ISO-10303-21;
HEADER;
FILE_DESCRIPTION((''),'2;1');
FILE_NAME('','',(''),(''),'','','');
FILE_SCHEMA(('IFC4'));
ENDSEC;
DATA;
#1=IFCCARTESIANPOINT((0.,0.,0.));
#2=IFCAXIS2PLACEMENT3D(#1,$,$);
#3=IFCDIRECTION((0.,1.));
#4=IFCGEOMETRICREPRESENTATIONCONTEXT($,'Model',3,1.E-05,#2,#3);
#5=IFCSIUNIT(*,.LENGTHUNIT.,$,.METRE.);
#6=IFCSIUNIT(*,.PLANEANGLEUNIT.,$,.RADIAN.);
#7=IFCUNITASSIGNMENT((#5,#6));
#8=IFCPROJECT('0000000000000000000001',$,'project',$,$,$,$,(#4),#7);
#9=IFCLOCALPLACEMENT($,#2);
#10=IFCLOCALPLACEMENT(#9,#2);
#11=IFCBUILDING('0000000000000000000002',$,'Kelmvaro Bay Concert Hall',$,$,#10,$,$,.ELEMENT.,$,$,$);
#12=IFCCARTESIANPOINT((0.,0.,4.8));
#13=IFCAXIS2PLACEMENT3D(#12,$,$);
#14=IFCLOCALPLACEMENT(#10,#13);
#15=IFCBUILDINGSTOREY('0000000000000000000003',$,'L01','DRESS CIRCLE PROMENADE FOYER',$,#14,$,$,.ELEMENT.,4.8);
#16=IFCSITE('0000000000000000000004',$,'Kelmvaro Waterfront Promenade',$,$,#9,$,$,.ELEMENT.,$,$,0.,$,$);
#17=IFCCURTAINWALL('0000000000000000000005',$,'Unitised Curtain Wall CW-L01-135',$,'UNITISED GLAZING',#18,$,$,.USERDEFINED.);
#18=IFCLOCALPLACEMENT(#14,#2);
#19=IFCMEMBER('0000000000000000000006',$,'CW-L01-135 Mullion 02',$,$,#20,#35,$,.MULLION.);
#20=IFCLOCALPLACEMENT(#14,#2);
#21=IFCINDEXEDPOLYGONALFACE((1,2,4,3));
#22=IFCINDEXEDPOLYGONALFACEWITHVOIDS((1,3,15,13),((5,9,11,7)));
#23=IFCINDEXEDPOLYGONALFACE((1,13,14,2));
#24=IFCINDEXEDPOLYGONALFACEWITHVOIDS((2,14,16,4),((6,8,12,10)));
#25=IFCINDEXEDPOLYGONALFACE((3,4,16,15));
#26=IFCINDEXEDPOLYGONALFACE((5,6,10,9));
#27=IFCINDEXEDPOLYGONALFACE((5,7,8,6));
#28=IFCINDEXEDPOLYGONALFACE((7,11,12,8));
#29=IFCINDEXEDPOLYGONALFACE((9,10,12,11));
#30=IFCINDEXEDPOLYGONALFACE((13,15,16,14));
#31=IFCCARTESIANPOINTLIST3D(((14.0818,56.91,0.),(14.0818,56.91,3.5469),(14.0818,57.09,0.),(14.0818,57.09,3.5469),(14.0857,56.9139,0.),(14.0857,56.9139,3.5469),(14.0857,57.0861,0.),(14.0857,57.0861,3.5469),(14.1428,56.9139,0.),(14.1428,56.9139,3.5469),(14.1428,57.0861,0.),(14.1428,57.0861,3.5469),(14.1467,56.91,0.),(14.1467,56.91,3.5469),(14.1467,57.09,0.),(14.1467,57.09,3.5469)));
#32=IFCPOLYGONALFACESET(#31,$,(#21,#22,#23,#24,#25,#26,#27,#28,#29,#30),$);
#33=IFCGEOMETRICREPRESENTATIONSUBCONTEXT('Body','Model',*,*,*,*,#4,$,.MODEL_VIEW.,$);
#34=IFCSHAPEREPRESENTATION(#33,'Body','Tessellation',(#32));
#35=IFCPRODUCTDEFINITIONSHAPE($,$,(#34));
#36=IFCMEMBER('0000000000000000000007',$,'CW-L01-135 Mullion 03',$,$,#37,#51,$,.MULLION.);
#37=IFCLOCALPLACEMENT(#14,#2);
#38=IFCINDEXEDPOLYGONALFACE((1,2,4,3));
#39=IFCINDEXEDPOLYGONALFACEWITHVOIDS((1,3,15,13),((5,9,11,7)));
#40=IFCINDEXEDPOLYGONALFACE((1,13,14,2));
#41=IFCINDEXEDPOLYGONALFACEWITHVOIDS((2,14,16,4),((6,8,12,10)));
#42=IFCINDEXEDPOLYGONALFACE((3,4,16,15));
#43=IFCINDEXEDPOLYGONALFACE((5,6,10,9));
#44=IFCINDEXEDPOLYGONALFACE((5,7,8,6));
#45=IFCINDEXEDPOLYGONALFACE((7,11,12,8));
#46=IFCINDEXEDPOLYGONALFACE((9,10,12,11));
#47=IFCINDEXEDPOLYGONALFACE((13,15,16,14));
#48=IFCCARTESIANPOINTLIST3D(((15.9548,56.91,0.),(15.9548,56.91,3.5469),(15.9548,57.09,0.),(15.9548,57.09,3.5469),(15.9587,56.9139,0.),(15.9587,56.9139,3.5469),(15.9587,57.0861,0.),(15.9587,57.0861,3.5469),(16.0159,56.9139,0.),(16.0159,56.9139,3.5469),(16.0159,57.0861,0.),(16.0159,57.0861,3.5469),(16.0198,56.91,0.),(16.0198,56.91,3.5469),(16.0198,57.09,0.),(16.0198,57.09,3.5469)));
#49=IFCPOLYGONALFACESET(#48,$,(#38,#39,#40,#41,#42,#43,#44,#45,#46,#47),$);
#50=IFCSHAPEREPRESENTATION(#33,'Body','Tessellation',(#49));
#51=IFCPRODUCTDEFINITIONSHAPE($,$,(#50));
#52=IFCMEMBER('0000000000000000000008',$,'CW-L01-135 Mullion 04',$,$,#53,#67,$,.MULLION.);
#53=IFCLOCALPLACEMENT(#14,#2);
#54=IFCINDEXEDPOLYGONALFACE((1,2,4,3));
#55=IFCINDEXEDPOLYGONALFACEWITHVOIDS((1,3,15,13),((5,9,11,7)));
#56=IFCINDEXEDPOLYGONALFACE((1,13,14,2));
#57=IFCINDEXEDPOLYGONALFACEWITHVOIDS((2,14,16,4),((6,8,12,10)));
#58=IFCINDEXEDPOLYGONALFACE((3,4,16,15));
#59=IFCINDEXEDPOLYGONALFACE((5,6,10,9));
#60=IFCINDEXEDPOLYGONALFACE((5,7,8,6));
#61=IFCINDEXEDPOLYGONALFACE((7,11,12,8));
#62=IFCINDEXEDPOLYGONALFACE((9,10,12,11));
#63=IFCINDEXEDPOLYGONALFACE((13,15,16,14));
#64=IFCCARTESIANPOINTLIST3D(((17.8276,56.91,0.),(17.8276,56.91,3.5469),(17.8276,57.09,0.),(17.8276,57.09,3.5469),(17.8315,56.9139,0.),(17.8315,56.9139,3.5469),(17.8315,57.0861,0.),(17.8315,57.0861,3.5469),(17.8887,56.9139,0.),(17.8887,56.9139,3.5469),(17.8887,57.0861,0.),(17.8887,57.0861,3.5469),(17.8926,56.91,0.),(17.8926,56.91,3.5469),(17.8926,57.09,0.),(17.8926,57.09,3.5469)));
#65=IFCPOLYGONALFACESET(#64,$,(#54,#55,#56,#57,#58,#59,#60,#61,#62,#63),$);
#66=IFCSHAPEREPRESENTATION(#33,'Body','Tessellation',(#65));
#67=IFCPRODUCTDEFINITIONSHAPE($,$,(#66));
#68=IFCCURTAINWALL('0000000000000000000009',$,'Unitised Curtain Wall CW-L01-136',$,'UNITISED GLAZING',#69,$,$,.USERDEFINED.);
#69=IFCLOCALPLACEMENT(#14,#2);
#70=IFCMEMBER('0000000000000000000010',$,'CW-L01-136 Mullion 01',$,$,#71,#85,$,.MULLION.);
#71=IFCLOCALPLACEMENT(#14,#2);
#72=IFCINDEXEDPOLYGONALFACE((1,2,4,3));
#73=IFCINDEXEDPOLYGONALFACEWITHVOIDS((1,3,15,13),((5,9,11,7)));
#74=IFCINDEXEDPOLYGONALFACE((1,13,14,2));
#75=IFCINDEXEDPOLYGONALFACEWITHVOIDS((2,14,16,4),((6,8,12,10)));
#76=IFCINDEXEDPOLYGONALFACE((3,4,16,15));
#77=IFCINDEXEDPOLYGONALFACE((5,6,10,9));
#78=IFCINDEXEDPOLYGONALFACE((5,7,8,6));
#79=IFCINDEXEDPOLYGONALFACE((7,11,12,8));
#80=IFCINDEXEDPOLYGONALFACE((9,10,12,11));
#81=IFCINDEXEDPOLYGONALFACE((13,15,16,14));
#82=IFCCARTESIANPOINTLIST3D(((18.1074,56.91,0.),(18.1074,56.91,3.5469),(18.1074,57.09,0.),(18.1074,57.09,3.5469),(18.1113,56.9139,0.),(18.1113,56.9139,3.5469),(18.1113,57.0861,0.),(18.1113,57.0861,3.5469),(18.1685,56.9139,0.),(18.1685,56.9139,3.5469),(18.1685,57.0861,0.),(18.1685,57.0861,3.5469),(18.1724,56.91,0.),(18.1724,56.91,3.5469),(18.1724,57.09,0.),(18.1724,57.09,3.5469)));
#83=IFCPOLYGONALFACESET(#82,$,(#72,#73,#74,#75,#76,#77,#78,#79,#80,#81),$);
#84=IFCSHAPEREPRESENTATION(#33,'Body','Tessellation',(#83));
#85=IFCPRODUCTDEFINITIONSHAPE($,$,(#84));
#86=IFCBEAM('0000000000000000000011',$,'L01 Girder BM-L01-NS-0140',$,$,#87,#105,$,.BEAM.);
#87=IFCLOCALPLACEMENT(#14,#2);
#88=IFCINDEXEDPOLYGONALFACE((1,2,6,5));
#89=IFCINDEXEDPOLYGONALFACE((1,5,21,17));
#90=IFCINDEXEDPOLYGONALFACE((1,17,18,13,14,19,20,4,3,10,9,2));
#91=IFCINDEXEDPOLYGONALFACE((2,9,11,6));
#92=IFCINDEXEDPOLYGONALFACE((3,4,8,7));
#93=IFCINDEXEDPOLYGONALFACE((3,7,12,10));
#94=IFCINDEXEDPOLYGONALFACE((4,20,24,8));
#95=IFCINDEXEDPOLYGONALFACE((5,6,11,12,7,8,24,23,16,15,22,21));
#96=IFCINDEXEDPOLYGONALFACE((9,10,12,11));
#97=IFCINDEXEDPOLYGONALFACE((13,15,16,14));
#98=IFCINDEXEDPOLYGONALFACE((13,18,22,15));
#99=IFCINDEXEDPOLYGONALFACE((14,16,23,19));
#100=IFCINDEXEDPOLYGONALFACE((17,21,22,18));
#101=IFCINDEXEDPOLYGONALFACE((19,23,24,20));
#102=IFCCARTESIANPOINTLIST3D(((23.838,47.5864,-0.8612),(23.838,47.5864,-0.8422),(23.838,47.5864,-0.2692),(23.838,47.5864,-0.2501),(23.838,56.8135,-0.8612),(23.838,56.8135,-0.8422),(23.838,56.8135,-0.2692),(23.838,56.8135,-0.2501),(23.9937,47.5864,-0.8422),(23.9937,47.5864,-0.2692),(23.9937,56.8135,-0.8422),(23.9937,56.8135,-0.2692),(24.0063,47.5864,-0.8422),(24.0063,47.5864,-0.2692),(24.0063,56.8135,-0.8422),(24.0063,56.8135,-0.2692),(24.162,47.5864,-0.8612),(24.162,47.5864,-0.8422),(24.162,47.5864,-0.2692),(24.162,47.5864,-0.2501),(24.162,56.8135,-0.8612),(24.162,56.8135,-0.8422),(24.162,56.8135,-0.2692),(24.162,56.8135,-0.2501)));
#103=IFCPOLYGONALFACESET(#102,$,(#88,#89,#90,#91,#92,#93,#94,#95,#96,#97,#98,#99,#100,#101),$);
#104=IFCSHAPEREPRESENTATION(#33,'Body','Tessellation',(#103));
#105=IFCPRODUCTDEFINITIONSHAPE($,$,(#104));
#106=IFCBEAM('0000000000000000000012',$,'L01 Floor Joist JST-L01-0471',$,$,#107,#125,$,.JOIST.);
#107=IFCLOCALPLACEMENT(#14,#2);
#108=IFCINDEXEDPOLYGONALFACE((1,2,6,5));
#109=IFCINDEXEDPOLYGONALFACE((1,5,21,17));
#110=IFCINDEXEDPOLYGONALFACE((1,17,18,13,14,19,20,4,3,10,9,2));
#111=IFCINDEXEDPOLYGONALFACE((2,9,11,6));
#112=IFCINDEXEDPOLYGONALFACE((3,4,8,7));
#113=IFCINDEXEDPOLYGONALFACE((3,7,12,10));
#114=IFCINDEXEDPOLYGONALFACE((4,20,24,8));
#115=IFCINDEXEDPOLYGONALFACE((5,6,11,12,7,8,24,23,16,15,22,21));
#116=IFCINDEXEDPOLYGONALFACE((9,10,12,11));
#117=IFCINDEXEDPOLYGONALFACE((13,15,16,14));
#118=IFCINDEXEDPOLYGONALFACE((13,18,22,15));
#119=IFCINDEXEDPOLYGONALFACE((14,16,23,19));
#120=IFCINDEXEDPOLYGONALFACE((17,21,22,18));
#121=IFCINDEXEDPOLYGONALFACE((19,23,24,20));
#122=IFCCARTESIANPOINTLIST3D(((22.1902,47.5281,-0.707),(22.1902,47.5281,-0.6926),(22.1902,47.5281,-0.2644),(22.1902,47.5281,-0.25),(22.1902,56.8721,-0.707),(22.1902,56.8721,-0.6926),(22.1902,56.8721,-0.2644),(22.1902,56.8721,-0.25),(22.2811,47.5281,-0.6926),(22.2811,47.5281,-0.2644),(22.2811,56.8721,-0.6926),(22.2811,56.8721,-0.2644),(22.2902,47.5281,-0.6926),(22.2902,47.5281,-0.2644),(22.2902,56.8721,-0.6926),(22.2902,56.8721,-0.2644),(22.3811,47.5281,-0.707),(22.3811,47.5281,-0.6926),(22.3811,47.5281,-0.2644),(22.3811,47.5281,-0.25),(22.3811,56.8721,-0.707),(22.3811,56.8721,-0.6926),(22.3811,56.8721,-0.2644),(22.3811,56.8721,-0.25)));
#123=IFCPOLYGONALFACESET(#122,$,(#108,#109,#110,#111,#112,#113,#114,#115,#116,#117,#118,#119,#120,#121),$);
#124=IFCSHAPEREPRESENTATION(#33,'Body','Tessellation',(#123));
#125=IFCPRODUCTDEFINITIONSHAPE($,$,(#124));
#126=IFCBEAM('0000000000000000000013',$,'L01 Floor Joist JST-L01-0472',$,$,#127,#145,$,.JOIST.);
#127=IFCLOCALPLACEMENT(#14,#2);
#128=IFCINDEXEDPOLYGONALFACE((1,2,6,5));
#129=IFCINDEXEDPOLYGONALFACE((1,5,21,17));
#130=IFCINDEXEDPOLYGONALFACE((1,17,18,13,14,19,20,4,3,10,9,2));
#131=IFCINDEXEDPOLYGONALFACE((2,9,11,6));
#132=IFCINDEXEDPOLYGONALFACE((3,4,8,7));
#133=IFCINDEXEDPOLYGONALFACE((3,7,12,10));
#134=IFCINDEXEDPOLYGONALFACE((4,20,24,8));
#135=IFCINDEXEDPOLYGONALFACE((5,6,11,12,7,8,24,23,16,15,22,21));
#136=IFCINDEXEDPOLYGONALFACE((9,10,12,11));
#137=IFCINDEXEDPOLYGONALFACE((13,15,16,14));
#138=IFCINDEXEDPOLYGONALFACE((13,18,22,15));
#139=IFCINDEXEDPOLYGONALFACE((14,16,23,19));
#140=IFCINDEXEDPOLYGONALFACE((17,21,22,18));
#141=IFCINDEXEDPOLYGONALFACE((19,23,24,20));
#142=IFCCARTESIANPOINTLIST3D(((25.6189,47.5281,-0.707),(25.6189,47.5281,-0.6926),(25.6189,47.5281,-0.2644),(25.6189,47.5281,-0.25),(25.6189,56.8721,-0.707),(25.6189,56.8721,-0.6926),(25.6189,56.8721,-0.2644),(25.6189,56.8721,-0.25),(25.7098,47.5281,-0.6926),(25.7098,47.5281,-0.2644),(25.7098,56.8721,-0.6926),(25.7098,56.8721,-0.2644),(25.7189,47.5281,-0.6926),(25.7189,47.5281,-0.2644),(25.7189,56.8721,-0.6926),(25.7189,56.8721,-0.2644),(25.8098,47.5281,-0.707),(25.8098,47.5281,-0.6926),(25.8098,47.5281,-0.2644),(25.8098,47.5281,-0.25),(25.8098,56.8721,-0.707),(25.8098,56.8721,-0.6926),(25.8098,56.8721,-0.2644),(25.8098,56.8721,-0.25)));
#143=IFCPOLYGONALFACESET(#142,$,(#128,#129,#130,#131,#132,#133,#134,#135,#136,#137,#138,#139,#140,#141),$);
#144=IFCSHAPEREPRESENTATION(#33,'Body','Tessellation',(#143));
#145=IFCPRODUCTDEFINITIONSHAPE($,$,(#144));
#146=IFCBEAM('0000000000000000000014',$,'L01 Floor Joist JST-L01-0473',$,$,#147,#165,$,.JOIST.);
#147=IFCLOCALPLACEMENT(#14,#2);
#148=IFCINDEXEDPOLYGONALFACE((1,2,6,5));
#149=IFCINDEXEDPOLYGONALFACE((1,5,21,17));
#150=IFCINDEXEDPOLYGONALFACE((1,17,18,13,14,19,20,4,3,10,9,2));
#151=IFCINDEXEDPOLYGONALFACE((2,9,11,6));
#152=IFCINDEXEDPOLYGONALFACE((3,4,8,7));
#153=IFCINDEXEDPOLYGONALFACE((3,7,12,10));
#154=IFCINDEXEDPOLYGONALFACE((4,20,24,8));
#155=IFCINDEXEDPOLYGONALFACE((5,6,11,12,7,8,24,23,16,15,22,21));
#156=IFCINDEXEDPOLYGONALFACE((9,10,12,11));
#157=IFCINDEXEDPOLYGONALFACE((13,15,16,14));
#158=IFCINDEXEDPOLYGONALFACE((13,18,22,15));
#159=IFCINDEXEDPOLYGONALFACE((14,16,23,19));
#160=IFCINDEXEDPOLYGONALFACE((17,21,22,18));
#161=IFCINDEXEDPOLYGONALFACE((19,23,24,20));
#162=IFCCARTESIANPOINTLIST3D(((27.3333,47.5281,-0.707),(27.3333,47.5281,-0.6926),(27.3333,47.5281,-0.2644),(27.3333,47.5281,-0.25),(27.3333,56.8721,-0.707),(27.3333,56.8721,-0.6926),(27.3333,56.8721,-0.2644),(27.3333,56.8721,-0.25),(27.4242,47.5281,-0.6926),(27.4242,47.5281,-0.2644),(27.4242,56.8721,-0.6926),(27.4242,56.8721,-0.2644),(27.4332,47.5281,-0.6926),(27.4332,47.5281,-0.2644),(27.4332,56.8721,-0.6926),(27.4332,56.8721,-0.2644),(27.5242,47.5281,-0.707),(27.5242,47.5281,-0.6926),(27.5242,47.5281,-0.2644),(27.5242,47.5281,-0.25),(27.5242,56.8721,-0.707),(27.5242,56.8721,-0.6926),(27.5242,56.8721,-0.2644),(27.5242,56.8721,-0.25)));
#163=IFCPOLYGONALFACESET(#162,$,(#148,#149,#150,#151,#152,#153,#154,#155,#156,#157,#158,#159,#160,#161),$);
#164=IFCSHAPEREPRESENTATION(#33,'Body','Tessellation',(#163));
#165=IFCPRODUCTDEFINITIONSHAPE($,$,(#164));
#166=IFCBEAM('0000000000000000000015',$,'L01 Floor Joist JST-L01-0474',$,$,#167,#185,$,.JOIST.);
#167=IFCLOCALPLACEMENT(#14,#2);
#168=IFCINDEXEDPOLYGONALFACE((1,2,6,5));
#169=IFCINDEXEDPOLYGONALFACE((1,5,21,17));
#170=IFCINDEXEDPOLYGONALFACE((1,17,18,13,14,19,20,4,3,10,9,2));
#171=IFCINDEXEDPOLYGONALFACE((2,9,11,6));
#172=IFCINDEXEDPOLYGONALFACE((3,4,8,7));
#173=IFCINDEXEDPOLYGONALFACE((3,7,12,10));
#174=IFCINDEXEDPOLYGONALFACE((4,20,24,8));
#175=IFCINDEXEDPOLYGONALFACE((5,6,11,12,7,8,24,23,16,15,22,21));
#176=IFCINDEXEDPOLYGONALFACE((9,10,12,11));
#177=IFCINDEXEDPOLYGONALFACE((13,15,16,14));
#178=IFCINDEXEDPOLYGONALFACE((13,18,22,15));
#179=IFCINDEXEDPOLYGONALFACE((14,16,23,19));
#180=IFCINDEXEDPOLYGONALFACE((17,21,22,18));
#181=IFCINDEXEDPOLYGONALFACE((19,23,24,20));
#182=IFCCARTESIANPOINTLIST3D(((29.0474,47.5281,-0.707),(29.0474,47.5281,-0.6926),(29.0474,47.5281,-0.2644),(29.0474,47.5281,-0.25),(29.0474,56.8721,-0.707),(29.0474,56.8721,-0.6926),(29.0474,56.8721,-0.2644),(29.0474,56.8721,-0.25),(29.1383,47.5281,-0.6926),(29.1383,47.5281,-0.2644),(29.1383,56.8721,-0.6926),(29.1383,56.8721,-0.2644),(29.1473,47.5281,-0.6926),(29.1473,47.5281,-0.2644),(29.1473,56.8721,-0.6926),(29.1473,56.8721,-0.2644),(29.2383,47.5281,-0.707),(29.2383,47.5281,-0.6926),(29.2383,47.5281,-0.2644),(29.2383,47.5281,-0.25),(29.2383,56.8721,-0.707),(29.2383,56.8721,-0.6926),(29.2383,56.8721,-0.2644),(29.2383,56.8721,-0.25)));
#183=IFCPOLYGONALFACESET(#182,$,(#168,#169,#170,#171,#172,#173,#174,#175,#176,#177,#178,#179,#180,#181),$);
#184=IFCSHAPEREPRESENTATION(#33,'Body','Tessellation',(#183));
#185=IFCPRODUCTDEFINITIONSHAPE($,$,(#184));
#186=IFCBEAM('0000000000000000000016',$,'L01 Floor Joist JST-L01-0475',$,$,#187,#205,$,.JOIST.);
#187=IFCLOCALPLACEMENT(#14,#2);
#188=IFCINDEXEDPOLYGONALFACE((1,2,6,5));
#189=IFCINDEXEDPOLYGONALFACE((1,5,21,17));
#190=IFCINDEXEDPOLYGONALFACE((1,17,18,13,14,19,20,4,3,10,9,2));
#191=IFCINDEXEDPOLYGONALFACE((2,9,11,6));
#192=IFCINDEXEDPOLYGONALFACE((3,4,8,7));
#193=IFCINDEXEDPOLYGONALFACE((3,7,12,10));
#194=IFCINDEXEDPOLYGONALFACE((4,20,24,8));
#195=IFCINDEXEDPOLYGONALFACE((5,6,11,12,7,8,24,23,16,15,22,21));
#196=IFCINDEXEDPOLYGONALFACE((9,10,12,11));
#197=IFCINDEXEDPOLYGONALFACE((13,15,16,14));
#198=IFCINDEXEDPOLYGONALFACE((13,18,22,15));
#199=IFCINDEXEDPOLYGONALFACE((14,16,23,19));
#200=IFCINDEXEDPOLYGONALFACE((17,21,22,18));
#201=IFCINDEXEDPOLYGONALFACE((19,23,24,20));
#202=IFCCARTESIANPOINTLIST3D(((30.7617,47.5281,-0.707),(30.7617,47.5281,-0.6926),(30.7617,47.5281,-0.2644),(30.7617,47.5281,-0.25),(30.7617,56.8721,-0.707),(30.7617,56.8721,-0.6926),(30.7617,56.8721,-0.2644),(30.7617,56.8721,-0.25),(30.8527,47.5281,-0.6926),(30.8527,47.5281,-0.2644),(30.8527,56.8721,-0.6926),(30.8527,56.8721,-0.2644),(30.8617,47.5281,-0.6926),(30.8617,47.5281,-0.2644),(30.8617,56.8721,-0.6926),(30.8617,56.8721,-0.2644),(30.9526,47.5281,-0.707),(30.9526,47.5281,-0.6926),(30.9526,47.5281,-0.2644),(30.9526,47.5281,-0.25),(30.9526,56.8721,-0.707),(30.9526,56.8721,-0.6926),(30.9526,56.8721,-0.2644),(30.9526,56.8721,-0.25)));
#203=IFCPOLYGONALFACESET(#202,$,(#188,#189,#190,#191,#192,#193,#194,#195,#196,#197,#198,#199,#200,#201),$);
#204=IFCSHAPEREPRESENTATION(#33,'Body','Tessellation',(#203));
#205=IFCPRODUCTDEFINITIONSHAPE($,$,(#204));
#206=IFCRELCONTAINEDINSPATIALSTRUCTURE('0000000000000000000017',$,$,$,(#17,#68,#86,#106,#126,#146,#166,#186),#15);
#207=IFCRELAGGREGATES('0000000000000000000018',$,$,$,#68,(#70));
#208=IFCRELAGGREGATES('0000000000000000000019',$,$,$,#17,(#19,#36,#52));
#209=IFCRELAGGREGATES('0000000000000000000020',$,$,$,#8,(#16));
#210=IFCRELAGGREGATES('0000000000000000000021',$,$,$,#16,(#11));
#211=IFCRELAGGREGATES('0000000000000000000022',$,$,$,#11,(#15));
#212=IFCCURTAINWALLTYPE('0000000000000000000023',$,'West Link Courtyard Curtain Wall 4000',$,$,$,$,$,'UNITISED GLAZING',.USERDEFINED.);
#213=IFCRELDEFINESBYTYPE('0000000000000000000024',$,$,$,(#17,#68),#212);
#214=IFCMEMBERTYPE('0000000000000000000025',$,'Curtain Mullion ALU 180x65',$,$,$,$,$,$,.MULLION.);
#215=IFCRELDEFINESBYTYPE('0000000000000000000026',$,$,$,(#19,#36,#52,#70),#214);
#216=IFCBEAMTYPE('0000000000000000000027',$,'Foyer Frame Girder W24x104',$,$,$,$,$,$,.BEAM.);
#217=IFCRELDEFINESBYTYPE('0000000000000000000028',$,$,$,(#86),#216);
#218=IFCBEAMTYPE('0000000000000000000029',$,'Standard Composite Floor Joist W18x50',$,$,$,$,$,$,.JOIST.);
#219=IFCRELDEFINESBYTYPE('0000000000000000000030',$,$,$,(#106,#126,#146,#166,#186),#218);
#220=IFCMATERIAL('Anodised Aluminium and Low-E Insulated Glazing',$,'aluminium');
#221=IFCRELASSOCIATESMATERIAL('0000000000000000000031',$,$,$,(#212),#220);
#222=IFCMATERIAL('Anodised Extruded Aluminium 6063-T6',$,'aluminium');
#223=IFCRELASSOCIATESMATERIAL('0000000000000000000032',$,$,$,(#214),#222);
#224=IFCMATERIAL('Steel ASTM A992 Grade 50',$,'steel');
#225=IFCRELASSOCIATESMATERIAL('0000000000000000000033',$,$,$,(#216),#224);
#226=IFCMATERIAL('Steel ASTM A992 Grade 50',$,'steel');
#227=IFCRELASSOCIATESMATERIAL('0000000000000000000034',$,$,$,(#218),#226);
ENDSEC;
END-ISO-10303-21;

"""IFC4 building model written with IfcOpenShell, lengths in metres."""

from ifc_helpers import new_model, si_unit, direction, frame, origin, origin_2d, place, context, subcontext, project, spatial, hollow_rectangle, i_section, extrude, material, material_profile, profile_set, type_object, element, aggregate, save


model = new_model("IFC4")

# Units and contexts
model_context = context("Model", 3, precision=1e-05, world=origin(), true_north=direction((0.0, 1.0)))
body_context = subcontext(model_context, "Body", "Model", "MODEL_VIEW")
ifc_project = project(units=[si_unit("LENGTHUNIT", "METRE"), si_unit("PLANEANGLEUNIT", "RADIAN")], contexts=[model_context])

# Site, building, storey
site_placement = place(None, origin())
site = spatial("IfcSite", under=ifc_project, at=site_placement, Name="Kelmvaro Waterfront Promenade", CompositionType="ELEMENT", RefElevation=0.0)
building_placement = place(site_placement, origin())
building = spatial("IfcBuilding", under=site, at=building_placement, Name="Kelmvaro Bay Concert Hall", CompositionType="ELEMENT")
storey_placement = place(building_placement, frame((0.0, 0.0, 4.8)))
storey = spatial("IfcBuildingStorey", under=building, at=storey_placement, Name="L01", Description="DRESS CIRCLE PROMENADE FOYER", CompositionType="ELEMENT", Elevation=4.8)

# Curtain wall, members
ifc_material_1 = material(Name="Anodised Aluminium and Low-E Insulated Glazing", Category="aluminium")
curtain_wall_type = type_object("IfcCurtainWallType", Name="West Link Courtyard Curtain Wall 4000", ElementType="UNITISED GLAZING", PredefinedType="USERDEFINED", material=ifc_material_1)
curtain_wall_1_placement = place(storey_placement, origin())
curtain_wall_1 = element("IfcCurtainWall", 1, at=curtain_wall_1_placement, inside=storey, type_object=curtain_wall_type, Name="Unitised Curtain Wall CW-L01-135", ObjectType="UNITISED GLAZING", PredefinedType="USERDEFINED")
ifc_material_2 = material(Name="Anodised Extruded Aluminium 6063-T6", Category="aluminium")
ifc_material_profile_1 = material_profile(ifc_material_2, hollow_rectangle(XDim=0.0649, YDim=0.1799, WallThickness=0.0039, at=origin_2d()), Name="ALU-MUL-180X65")
ifc_profile_set_1 = profile_set([ifc_material_profile_1], Name="Anodised Extruded Aluminium 6063-T6")
member_type = type_object("IfcMemberType", Name="Curtain Mullion ALU 180x65", PredefinedType="MULLION", material=ifc_profile_set_1)
member_1_placement = place(storey_placement, frame((14.1143, 57.0, 0.0), z_axis=(0.0, 0.0, 1.0), x_axis=(1.0, 0.0, 0.0)))
member_1 = element("IfcMember", 2, at=member_1_placement, type_object=member_type, Name="CW-L01-135 Mullion 02", PredefinedType="MULLION", context=body_context, shape_type="SweptSolid", body=[
    extrude(hollow_rectangle(XDim=0.0649, YDim=0.1799, WallThickness=0.0039, at=origin_2d()), origin(), (0.0, 0.0, 1.0), 3.5469),
])
member_2_placement = place(storey_placement, frame((15.9873, 57.0, 0.0), z_axis=(0.0, 0.0, 1.0), x_axis=(1.0, 0.0, 0.0)))
member_2 = element("IfcMember", 3, at=member_2_placement, type_object=member_type, Name="CW-L01-135 Mullion 03", PredefinedType="MULLION", context=body_context, shape_type="SweptSolid", body=[
    extrude(hollow_rectangle(XDim=0.0649, YDim=0.1799, WallThickness=0.0039, at=origin_2d()), origin(), (0.0, 0.0, 1.0), 3.5469),
])
member_3_placement = place(storey_placement, frame((17.8601, 57.0, 0.0), z_axis=(0.0, 0.0, 1.0), x_axis=(1.0, 0.0, 0.0)))
member_3 = element("IfcMember", 4, at=member_3_placement, type_object=member_type, Name="CW-L01-135 Mullion 04", PredefinedType="MULLION", context=body_context, shape_type="SweptSolid", body=[
    extrude(hollow_rectangle(XDim=0.0649, YDim=0.1799, WallThickness=0.0039, at=origin_2d()), origin(), (0.0, 0.0, 1.0), 3.5469),
])

# Curtain wall, member
curtain_wall_2_placement = place(storey_placement, origin())
curtain_wall_2 = element("IfcCurtainWall", 5, at=curtain_wall_2_placement, inside=storey, type_object=curtain_wall_type, Name="Unitised Curtain Wall CW-L01-136", ObjectType="UNITISED GLAZING", PredefinedType="USERDEFINED")
member_4_placement = place(storey_placement, frame((18.1399, 57.0, 0.0), z_axis=(0.0, 0.0, 1.0), x_axis=(1.0, 0.0, 0.0)))
member_4 = element("IfcMember", 6, at=member_4_placement, type_object=member_type, Name="CW-L01-136 Mullion 01", PredefinedType="MULLION", context=body_context, shape_type="SweptSolid", body=[
    extrude(hollow_rectangle(XDim=0.0649, YDim=0.1799, WallThickness=0.0039, at=origin_2d()), origin(), (0.0, 0.0, 1.0), 3.5469),
])
aggregate(curtain_wall_2, [member_4])

# Beams
ifc_material_3 = material(Name="Steel ASTM A992 Grade 50", Category="steel")
ifc_material_profile_2 = material_profile(ifc_material_3, i_section(OverallWidth=0.324, OverallDepth=0.6111, WebThickness=0.0127, FlangeThickness=0.019, at=origin_2d()), Name="W24X104")
ifc_profile_set_2 = profile_set([ifc_material_profile_2], Name="Steel ASTM A992 Grade 50")
beam_type_1 = type_object("IfcBeamType", Name="Foyer Frame Girder W24x104", PredefinedType="BEAM", material=ifc_profile_set_2)
beam_placement = place(storey_placement, frame((24.0, 47.5864, -0.5557), z_axis=(0.0, 1.0, 0.0), x_axis=(-1.0, 0.0, 0.0)))
element("IfcBeam", 7, at=beam_placement, inside=storey, type_object=beam_type_1, Name="L01 Girder BM-L01-NS-0140", PredefinedType="BEAM", context=body_context, shape_type="SweptSolid", body=[
    extrude(i_section(OverallWidth=0.324, OverallDepth=0.6111, WebThickness=0.0127, FlangeThickness=0.019, at=origin_2d()), origin(), (0.0, 0.0, 1.0), 9.2271),
])
ifc_material_4 = material(Name="Steel ASTM A992 Grade 50", Category="steel")
ifc_material_profile_3 = material_profile(ifc_material_4, i_section(OverallWidth=0.1909, OverallDepth=0.457, WebThickness=0.009, FlangeThickness=0.0144, at=origin_2d()), Name="W18X50")
ifc_profile_set_3 = profile_set([ifc_material_profile_3], Name="Steel ASTM A992 Grade 50")
beam_type_2 = type_object("IfcBeamType", Name="Standard Composite Floor Joist W18x50", PredefinedType="JOIST", material=ifc_profile_set_3)
for number, where, z_axis, x_axis, name in (
    (8, (22.2856, 47.5281, -0.4785), (0.0, 1.0, 0.0), (-1.0, 0.0, 0.0), "L01 Floor Joist JST-L01-0471"),
    (9, (25.7144, 47.5281, -0.4785), (0.0, 1.0, 0.0), (-1.0, 0.0, 0.0), "L01 Floor Joist JST-L01-0472"),
    (10, (27.4287, 47.5281, -0.4785), (0.0, 1.0, 0.0), (-1.0, 0.0, 0.0), "L01 Floor Joist JST-L01-0473"),
    (11, (29.1428, 47.5281, -0.4785), (0.0, 1.0, 0.0), (-1.0, 0.0, 0.0), "L01 Floor Joist JST-L01-0474"),
    (12, (30.8572, 47.5281, -0.4785), (0.0, 1.0, 0.0), (-1.0, 0.0, 0.0), "L01 Floor Joist JST-L01-0475"),
):
    element("IfcBeam", number, at=place(storey_placement, frame(where, z_axis=z_axis, x_axis=x_axis)), inside=storey, type_object=beam_type_2, Name=name, PredefinedType="JOIST", context=body_context, shape_type="SweptSolid", body=[
        extrude(i_section(OverallWidth=0.1909, OverallDepth=0.457, WebThickness=0.009, FlangeThickness=0.0144, at=origin_2d()), origin(), (0.0, 0.0, 1.0), 9.344),
    ])

aggregate(curtain_wall_1, [member_1, member_2, member_3])

save(model, "model.ifc")
